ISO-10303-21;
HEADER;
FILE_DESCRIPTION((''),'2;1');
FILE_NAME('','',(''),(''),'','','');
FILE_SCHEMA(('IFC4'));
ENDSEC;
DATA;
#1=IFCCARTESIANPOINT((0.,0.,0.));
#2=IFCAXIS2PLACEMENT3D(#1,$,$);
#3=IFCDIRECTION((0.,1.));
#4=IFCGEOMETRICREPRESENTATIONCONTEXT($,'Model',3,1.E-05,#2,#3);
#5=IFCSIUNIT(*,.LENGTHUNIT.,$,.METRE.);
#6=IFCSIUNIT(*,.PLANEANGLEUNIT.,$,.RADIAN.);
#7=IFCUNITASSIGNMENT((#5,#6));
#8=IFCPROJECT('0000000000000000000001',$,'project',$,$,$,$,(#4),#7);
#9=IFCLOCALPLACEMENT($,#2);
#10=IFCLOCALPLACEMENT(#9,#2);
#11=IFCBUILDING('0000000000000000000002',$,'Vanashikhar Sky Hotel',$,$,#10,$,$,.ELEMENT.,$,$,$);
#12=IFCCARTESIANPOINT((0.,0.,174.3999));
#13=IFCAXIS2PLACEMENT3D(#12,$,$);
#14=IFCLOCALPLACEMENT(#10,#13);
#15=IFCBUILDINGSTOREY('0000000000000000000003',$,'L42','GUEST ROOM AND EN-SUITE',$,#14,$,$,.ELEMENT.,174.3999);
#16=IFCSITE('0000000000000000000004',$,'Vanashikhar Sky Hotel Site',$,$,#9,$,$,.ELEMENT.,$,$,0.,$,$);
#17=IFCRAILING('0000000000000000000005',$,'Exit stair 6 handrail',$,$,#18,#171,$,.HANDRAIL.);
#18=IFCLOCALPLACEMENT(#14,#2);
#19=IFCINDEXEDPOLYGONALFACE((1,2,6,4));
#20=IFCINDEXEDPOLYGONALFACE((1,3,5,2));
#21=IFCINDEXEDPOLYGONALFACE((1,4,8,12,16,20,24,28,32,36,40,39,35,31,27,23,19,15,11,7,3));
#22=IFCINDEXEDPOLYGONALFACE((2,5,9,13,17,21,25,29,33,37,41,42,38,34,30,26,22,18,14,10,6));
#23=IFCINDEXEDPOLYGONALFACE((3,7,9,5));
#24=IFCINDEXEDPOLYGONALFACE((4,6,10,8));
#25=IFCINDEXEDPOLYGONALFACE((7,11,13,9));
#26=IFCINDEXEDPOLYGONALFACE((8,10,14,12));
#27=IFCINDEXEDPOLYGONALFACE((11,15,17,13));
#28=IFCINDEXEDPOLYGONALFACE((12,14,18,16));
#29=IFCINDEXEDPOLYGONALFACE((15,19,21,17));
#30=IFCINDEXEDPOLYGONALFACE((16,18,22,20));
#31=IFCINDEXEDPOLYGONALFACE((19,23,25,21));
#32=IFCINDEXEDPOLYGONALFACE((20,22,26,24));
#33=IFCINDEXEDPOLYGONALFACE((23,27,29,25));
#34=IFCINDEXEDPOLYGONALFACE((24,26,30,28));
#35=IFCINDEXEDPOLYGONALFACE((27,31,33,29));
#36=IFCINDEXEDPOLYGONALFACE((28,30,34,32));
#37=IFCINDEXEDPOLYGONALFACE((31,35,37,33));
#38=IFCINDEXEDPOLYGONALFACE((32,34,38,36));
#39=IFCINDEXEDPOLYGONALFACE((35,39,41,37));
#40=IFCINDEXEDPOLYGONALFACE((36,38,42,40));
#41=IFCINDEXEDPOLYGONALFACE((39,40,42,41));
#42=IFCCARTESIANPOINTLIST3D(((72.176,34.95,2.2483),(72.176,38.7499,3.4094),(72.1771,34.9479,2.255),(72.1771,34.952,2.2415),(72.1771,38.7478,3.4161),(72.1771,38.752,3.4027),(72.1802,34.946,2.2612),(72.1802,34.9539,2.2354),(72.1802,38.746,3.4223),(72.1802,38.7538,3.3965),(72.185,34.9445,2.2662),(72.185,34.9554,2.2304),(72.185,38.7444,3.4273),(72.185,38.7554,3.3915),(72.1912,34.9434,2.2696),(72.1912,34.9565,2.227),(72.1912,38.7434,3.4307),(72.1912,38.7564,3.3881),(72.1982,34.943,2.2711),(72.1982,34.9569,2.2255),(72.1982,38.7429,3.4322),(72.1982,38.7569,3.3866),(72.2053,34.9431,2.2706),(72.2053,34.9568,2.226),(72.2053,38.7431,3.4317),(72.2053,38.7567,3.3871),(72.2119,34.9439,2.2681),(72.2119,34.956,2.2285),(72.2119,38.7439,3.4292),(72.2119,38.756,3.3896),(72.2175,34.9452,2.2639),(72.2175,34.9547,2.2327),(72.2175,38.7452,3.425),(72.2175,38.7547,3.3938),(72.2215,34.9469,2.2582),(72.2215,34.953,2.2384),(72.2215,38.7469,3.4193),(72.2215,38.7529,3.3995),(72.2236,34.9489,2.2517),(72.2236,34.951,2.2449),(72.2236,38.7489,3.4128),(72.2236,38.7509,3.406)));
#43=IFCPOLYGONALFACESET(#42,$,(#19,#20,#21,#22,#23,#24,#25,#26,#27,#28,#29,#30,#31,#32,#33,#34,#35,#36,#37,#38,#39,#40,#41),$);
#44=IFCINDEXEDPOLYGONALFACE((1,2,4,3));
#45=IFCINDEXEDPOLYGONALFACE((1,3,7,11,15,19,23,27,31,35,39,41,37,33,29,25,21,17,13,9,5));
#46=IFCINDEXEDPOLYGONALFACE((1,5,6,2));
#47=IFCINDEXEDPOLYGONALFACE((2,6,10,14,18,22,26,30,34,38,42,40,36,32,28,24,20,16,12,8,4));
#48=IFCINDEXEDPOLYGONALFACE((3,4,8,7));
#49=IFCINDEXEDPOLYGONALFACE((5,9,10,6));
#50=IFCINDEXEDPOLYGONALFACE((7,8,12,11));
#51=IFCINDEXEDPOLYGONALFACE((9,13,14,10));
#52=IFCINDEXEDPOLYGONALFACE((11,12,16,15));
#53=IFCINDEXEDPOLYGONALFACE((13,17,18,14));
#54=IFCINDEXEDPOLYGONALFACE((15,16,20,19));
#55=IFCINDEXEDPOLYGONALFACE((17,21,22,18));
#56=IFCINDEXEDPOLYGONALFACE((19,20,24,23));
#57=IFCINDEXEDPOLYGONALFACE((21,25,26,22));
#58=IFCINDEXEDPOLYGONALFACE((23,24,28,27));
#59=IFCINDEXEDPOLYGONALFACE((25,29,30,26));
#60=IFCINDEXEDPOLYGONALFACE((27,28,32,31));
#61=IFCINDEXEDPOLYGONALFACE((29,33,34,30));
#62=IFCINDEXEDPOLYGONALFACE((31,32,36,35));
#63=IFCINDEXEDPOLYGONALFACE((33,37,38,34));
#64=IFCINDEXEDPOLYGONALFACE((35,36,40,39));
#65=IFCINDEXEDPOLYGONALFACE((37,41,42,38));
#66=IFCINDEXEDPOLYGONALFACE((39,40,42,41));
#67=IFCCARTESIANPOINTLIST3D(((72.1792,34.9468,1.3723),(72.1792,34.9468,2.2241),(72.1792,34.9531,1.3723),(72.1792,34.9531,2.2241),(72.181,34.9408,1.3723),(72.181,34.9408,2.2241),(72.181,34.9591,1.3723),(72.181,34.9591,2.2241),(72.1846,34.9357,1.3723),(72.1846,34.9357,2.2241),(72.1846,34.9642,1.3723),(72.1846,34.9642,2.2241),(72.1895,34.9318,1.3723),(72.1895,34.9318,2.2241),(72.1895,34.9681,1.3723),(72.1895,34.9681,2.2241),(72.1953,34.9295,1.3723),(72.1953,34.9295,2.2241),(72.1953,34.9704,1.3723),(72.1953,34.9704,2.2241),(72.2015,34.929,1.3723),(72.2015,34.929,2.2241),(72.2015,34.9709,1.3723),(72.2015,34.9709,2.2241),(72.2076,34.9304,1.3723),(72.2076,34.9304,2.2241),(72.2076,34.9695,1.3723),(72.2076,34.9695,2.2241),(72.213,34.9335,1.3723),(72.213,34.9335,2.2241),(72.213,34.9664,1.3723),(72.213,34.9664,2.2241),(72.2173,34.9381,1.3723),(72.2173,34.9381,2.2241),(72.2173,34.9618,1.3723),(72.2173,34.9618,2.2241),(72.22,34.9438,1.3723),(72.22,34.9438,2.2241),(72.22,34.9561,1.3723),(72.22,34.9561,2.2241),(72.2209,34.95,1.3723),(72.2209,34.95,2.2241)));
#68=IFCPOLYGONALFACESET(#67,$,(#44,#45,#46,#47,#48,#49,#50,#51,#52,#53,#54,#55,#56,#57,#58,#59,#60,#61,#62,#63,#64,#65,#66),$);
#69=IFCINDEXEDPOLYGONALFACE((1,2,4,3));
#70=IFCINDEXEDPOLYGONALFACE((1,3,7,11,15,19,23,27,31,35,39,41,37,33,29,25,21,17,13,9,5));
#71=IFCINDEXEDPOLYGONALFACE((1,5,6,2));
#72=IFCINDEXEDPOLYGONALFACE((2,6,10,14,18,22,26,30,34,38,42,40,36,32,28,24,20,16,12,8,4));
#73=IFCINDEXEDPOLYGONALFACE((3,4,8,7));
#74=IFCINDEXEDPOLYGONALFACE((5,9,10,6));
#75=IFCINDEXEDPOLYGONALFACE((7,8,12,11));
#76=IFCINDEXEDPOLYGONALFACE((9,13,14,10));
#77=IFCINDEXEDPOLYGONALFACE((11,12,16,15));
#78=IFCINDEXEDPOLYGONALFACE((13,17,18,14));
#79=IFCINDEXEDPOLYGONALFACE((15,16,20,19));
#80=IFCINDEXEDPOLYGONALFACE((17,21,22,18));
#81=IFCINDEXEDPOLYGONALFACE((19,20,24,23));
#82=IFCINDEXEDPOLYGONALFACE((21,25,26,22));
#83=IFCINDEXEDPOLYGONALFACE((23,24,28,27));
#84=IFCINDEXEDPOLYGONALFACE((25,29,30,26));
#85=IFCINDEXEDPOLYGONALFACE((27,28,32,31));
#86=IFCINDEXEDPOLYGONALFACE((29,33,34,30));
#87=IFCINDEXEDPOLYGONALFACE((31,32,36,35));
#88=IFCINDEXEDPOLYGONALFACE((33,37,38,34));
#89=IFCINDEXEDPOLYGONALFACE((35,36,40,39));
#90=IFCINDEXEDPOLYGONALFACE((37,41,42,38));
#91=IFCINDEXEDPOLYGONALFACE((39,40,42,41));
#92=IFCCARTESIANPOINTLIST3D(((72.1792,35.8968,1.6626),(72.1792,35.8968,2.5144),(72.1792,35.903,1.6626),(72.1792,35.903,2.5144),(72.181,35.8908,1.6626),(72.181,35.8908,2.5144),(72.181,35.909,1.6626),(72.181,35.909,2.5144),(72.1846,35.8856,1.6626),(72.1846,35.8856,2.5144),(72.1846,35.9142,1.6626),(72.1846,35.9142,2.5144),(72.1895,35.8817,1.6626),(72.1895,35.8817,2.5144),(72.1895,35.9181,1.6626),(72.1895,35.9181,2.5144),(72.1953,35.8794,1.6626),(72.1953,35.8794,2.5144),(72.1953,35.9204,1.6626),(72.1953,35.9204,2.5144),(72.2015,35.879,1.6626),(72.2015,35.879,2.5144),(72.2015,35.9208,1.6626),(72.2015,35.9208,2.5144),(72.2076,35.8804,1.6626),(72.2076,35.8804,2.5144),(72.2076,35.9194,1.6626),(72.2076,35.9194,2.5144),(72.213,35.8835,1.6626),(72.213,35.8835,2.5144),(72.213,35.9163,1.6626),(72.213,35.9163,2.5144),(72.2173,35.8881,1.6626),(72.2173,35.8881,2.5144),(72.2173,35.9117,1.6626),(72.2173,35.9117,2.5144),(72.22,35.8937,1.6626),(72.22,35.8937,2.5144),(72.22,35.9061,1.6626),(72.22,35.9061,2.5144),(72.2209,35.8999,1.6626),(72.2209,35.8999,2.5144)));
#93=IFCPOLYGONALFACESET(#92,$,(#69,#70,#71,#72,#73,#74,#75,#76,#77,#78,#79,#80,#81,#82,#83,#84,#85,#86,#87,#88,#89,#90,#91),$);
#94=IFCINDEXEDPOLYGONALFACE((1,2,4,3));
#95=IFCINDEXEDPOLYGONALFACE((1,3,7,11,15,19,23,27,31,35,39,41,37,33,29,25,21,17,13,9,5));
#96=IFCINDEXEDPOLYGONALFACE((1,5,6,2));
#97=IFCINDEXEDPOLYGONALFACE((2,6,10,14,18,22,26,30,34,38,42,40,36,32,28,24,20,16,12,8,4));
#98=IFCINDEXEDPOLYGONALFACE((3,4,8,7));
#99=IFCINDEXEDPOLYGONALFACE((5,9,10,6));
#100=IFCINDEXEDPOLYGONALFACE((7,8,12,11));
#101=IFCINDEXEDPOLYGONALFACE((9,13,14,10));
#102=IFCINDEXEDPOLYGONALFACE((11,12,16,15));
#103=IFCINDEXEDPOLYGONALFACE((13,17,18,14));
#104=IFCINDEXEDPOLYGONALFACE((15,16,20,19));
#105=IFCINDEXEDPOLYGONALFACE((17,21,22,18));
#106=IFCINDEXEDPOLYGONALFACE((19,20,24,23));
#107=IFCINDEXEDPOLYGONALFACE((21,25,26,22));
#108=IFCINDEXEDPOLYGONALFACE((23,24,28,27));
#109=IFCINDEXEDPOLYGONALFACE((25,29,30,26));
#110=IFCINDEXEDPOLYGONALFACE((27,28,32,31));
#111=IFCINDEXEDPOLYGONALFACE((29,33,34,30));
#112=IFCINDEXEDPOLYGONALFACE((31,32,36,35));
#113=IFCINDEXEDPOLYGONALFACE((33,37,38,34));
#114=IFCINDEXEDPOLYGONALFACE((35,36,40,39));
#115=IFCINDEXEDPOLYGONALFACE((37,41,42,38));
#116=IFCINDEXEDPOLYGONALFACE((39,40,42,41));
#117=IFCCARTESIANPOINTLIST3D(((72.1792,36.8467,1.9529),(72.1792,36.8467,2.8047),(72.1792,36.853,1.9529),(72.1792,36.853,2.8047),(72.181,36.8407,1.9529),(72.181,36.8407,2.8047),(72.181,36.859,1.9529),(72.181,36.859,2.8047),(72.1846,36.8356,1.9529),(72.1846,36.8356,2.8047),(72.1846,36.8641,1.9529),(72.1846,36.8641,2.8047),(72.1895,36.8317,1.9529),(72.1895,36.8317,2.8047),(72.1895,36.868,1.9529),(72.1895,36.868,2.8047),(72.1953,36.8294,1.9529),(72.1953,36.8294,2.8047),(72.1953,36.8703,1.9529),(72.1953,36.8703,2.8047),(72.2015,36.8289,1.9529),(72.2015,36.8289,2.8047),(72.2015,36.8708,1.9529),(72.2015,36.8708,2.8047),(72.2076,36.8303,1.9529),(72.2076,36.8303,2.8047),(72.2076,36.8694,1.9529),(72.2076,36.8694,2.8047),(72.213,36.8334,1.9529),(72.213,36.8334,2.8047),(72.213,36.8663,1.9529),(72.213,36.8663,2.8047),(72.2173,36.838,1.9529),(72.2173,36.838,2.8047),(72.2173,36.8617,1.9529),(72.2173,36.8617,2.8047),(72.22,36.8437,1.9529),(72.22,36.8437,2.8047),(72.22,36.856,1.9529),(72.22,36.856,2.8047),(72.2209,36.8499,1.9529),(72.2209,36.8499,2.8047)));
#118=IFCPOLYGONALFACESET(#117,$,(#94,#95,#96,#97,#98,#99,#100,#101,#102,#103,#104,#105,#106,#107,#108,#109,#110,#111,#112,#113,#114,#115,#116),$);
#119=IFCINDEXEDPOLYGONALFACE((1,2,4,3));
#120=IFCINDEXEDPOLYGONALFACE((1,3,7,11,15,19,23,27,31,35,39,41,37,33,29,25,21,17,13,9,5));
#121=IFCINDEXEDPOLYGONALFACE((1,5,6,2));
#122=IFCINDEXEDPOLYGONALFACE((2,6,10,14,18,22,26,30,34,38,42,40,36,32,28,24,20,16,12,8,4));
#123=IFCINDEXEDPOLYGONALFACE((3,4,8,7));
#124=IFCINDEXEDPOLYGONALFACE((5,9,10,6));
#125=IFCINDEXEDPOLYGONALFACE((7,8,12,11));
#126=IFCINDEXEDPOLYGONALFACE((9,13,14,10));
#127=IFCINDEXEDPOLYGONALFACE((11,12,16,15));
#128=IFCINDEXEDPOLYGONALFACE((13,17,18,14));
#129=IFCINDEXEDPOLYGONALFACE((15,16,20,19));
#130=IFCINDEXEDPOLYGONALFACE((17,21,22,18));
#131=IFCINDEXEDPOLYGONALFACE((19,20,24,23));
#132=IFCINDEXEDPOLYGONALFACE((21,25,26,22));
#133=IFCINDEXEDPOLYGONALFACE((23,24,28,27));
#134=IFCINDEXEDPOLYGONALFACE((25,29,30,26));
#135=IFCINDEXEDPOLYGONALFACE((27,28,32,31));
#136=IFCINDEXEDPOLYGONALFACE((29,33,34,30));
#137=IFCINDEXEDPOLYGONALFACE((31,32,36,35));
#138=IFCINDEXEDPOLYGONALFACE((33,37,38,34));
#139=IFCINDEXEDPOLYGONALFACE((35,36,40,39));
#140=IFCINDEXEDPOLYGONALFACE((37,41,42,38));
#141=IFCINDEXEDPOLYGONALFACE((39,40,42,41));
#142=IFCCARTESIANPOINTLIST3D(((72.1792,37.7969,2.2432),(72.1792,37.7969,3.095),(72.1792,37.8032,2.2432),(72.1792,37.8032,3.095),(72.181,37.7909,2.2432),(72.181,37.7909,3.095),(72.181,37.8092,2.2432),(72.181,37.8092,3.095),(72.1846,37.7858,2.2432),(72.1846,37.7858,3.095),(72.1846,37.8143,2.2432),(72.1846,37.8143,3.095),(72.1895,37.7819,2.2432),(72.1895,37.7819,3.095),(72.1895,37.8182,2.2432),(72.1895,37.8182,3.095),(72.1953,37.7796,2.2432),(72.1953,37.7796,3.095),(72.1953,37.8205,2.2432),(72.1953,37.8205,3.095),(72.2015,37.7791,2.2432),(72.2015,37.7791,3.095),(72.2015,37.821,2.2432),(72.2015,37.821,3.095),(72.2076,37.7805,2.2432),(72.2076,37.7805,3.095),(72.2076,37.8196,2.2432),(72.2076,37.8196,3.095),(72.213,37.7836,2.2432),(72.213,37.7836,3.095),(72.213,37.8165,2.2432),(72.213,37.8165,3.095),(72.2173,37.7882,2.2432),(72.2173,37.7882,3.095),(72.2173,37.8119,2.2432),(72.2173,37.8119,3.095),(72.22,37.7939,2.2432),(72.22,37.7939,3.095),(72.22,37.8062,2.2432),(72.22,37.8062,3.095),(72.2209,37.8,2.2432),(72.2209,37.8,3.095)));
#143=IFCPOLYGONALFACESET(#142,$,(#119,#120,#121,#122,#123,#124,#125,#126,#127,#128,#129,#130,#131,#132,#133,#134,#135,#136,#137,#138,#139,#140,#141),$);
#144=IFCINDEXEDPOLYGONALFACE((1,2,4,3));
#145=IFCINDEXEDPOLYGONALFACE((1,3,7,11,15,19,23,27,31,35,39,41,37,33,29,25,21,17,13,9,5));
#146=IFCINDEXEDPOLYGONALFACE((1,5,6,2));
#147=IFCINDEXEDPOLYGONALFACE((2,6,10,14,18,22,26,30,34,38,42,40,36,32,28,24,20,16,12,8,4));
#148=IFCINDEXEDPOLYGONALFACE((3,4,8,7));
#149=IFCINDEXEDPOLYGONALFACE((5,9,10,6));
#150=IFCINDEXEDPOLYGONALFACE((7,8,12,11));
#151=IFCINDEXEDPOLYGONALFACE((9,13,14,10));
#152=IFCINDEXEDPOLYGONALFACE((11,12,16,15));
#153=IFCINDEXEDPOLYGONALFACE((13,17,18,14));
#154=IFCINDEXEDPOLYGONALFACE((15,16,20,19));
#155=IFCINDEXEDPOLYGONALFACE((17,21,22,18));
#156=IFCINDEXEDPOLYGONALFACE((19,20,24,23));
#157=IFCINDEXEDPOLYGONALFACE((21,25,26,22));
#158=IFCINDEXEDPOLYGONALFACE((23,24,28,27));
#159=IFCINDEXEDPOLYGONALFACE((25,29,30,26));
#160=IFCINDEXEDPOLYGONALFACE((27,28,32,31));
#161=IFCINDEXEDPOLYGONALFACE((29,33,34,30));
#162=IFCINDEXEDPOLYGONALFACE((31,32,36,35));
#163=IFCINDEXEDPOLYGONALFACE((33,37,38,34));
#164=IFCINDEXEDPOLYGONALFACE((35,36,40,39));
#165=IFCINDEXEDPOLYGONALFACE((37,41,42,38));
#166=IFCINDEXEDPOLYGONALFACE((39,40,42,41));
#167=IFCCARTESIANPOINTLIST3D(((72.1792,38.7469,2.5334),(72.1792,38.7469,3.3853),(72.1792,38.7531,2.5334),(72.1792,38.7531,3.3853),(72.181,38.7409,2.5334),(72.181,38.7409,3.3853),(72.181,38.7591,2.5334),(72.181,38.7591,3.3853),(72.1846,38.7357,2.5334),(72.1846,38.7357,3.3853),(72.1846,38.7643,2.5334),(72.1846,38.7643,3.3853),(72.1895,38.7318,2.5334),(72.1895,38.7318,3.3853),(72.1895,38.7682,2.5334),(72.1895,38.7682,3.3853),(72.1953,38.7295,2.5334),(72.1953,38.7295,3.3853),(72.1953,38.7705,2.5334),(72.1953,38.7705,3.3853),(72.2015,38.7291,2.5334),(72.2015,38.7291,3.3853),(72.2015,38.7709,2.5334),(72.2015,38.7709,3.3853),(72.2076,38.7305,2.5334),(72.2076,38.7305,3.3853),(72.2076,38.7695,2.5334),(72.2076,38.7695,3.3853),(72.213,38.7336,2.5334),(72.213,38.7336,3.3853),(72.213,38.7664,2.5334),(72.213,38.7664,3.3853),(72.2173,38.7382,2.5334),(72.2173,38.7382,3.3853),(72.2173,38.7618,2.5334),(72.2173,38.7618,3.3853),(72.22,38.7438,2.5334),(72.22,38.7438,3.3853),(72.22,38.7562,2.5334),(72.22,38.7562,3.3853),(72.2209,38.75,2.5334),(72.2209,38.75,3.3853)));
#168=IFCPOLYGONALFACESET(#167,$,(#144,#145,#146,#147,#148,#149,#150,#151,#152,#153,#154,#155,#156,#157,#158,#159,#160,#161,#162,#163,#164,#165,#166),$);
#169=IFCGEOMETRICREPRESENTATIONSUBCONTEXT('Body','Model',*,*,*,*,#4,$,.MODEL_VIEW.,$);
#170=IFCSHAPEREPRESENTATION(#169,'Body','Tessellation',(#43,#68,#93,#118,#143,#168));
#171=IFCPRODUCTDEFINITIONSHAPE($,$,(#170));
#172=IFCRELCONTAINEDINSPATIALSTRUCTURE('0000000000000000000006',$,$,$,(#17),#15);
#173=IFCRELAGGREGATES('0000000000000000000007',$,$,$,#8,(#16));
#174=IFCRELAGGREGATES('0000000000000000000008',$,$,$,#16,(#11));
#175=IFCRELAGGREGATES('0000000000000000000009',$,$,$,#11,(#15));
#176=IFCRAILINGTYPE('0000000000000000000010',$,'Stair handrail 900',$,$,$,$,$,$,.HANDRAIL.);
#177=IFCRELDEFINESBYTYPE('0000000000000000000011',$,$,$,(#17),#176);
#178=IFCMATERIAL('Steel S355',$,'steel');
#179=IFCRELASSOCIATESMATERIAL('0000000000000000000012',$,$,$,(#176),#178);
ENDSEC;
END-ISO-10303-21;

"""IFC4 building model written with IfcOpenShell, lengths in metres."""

from ifc_helpers import new_model, si_unit, direction, frame, origin, origin_2d, place, context, subcontext, project, spatial, circle, extrude, source, transform, mapped, material, type_object, element, save


model = new_model("IFC4")

# Units and contexts
model_context = context("Model", 3, precision=1e-05, world=origin(), true_north=direction((0.0, 1.0)))
body_context = subcontext(model_context, "Body", "Model", "MODEL_VIEW")
ifc_project = project(units=[si_unit("LENGTHUNIT", "METRE"), si_unit("PLANEANGLEUNIT", "RADIAN")], contexts=[model_context])

# Site, building, storey
site_placement = place(None, origin())
site = spatial("IfcSite", under=ifc_project, at=site_placement, Name="Vanashikhar Sky Hotel Site", CompositionType="ELEMENT", RefElevation=0.0)
building_placement = place(site_placement, origin())
building = spatial("IfcBuilding", under=site, at=building_placement, Name="Vanashikhar Sky Hotel", CompositionType="ELEMENT")
storey_placement = place(building_placement, frame((0.0, 0.0, 174.3999)))
storey = spatial("IfcBuildingStorey", under=building, at=storey_placement, Name="L42", Description="GUEST ROOM AND EN-SUITE", CompositionType="ELEMENT", Elevation=174.3999)

# Railing
ifc_material_1 = material(Name="Steel S355", Category="steel")
railing_type_1 = type_object("IfcRailingType", Name="Stair handrail 900", PredefinedType="HANDRAIL", material=ifc_material_1)
shared_shape_1 = source(origin(), body_context, "Body", "SweptSolid", [
    extrude(circle(Radius=0.0239, at=origin_2d()), frame((0.0, 0.0, 0.876), z_axis=(0.0, 0.956351, 0.29222), x_axis=(-1.0, 0.0, 0.0)), (0.0, 0.0, 1.0), 3.9734),
    extrude(circle(Radius=0.021, at=origin_2d()), origin(), (0.0, 0.0, 1.0), 0.8518),
    extrude(circle(Radius=0.021, at=origin_2d()), frame((0.0, 0.95, 0.2903)), (0.0, 0.0, 1.0), 0.8518),
    extrude(circle(Radius=0.021, at=origin_2d()), frame((0.0, 1.8999, 0.5806)), (0.0, 0.0, 1.0), 0.8518),
    extrude(circle(Radius=0.021, at=origin_2d()), frame((0.0, 2.8501, 0.8708)), (0.0, 0.0, 1.0), 0.8518),
    extrude(circle(Radius=0.021, at=origin_2d()), frame((0.0, 3.8, 1.1611)), (0.0, 0.0, 1.0), 0.8518),
])
railing_1_placement = place(storey_placement, frame((72.2, 34.95, 1.3723)))
element("IfcRailing", 1, at=railing_1_placement, inside=storey, type_object=railing_type_1, Name="Exit stair 6 handrail", PredefinedType="HANDRAIL", context=body_context, shape_type="MappedRepresentation", body=[
    mapped(shared_shape_1, transform((0.0, 0.0, 0.0), scale=1.0)),
])

save(model, "model.ifc")
